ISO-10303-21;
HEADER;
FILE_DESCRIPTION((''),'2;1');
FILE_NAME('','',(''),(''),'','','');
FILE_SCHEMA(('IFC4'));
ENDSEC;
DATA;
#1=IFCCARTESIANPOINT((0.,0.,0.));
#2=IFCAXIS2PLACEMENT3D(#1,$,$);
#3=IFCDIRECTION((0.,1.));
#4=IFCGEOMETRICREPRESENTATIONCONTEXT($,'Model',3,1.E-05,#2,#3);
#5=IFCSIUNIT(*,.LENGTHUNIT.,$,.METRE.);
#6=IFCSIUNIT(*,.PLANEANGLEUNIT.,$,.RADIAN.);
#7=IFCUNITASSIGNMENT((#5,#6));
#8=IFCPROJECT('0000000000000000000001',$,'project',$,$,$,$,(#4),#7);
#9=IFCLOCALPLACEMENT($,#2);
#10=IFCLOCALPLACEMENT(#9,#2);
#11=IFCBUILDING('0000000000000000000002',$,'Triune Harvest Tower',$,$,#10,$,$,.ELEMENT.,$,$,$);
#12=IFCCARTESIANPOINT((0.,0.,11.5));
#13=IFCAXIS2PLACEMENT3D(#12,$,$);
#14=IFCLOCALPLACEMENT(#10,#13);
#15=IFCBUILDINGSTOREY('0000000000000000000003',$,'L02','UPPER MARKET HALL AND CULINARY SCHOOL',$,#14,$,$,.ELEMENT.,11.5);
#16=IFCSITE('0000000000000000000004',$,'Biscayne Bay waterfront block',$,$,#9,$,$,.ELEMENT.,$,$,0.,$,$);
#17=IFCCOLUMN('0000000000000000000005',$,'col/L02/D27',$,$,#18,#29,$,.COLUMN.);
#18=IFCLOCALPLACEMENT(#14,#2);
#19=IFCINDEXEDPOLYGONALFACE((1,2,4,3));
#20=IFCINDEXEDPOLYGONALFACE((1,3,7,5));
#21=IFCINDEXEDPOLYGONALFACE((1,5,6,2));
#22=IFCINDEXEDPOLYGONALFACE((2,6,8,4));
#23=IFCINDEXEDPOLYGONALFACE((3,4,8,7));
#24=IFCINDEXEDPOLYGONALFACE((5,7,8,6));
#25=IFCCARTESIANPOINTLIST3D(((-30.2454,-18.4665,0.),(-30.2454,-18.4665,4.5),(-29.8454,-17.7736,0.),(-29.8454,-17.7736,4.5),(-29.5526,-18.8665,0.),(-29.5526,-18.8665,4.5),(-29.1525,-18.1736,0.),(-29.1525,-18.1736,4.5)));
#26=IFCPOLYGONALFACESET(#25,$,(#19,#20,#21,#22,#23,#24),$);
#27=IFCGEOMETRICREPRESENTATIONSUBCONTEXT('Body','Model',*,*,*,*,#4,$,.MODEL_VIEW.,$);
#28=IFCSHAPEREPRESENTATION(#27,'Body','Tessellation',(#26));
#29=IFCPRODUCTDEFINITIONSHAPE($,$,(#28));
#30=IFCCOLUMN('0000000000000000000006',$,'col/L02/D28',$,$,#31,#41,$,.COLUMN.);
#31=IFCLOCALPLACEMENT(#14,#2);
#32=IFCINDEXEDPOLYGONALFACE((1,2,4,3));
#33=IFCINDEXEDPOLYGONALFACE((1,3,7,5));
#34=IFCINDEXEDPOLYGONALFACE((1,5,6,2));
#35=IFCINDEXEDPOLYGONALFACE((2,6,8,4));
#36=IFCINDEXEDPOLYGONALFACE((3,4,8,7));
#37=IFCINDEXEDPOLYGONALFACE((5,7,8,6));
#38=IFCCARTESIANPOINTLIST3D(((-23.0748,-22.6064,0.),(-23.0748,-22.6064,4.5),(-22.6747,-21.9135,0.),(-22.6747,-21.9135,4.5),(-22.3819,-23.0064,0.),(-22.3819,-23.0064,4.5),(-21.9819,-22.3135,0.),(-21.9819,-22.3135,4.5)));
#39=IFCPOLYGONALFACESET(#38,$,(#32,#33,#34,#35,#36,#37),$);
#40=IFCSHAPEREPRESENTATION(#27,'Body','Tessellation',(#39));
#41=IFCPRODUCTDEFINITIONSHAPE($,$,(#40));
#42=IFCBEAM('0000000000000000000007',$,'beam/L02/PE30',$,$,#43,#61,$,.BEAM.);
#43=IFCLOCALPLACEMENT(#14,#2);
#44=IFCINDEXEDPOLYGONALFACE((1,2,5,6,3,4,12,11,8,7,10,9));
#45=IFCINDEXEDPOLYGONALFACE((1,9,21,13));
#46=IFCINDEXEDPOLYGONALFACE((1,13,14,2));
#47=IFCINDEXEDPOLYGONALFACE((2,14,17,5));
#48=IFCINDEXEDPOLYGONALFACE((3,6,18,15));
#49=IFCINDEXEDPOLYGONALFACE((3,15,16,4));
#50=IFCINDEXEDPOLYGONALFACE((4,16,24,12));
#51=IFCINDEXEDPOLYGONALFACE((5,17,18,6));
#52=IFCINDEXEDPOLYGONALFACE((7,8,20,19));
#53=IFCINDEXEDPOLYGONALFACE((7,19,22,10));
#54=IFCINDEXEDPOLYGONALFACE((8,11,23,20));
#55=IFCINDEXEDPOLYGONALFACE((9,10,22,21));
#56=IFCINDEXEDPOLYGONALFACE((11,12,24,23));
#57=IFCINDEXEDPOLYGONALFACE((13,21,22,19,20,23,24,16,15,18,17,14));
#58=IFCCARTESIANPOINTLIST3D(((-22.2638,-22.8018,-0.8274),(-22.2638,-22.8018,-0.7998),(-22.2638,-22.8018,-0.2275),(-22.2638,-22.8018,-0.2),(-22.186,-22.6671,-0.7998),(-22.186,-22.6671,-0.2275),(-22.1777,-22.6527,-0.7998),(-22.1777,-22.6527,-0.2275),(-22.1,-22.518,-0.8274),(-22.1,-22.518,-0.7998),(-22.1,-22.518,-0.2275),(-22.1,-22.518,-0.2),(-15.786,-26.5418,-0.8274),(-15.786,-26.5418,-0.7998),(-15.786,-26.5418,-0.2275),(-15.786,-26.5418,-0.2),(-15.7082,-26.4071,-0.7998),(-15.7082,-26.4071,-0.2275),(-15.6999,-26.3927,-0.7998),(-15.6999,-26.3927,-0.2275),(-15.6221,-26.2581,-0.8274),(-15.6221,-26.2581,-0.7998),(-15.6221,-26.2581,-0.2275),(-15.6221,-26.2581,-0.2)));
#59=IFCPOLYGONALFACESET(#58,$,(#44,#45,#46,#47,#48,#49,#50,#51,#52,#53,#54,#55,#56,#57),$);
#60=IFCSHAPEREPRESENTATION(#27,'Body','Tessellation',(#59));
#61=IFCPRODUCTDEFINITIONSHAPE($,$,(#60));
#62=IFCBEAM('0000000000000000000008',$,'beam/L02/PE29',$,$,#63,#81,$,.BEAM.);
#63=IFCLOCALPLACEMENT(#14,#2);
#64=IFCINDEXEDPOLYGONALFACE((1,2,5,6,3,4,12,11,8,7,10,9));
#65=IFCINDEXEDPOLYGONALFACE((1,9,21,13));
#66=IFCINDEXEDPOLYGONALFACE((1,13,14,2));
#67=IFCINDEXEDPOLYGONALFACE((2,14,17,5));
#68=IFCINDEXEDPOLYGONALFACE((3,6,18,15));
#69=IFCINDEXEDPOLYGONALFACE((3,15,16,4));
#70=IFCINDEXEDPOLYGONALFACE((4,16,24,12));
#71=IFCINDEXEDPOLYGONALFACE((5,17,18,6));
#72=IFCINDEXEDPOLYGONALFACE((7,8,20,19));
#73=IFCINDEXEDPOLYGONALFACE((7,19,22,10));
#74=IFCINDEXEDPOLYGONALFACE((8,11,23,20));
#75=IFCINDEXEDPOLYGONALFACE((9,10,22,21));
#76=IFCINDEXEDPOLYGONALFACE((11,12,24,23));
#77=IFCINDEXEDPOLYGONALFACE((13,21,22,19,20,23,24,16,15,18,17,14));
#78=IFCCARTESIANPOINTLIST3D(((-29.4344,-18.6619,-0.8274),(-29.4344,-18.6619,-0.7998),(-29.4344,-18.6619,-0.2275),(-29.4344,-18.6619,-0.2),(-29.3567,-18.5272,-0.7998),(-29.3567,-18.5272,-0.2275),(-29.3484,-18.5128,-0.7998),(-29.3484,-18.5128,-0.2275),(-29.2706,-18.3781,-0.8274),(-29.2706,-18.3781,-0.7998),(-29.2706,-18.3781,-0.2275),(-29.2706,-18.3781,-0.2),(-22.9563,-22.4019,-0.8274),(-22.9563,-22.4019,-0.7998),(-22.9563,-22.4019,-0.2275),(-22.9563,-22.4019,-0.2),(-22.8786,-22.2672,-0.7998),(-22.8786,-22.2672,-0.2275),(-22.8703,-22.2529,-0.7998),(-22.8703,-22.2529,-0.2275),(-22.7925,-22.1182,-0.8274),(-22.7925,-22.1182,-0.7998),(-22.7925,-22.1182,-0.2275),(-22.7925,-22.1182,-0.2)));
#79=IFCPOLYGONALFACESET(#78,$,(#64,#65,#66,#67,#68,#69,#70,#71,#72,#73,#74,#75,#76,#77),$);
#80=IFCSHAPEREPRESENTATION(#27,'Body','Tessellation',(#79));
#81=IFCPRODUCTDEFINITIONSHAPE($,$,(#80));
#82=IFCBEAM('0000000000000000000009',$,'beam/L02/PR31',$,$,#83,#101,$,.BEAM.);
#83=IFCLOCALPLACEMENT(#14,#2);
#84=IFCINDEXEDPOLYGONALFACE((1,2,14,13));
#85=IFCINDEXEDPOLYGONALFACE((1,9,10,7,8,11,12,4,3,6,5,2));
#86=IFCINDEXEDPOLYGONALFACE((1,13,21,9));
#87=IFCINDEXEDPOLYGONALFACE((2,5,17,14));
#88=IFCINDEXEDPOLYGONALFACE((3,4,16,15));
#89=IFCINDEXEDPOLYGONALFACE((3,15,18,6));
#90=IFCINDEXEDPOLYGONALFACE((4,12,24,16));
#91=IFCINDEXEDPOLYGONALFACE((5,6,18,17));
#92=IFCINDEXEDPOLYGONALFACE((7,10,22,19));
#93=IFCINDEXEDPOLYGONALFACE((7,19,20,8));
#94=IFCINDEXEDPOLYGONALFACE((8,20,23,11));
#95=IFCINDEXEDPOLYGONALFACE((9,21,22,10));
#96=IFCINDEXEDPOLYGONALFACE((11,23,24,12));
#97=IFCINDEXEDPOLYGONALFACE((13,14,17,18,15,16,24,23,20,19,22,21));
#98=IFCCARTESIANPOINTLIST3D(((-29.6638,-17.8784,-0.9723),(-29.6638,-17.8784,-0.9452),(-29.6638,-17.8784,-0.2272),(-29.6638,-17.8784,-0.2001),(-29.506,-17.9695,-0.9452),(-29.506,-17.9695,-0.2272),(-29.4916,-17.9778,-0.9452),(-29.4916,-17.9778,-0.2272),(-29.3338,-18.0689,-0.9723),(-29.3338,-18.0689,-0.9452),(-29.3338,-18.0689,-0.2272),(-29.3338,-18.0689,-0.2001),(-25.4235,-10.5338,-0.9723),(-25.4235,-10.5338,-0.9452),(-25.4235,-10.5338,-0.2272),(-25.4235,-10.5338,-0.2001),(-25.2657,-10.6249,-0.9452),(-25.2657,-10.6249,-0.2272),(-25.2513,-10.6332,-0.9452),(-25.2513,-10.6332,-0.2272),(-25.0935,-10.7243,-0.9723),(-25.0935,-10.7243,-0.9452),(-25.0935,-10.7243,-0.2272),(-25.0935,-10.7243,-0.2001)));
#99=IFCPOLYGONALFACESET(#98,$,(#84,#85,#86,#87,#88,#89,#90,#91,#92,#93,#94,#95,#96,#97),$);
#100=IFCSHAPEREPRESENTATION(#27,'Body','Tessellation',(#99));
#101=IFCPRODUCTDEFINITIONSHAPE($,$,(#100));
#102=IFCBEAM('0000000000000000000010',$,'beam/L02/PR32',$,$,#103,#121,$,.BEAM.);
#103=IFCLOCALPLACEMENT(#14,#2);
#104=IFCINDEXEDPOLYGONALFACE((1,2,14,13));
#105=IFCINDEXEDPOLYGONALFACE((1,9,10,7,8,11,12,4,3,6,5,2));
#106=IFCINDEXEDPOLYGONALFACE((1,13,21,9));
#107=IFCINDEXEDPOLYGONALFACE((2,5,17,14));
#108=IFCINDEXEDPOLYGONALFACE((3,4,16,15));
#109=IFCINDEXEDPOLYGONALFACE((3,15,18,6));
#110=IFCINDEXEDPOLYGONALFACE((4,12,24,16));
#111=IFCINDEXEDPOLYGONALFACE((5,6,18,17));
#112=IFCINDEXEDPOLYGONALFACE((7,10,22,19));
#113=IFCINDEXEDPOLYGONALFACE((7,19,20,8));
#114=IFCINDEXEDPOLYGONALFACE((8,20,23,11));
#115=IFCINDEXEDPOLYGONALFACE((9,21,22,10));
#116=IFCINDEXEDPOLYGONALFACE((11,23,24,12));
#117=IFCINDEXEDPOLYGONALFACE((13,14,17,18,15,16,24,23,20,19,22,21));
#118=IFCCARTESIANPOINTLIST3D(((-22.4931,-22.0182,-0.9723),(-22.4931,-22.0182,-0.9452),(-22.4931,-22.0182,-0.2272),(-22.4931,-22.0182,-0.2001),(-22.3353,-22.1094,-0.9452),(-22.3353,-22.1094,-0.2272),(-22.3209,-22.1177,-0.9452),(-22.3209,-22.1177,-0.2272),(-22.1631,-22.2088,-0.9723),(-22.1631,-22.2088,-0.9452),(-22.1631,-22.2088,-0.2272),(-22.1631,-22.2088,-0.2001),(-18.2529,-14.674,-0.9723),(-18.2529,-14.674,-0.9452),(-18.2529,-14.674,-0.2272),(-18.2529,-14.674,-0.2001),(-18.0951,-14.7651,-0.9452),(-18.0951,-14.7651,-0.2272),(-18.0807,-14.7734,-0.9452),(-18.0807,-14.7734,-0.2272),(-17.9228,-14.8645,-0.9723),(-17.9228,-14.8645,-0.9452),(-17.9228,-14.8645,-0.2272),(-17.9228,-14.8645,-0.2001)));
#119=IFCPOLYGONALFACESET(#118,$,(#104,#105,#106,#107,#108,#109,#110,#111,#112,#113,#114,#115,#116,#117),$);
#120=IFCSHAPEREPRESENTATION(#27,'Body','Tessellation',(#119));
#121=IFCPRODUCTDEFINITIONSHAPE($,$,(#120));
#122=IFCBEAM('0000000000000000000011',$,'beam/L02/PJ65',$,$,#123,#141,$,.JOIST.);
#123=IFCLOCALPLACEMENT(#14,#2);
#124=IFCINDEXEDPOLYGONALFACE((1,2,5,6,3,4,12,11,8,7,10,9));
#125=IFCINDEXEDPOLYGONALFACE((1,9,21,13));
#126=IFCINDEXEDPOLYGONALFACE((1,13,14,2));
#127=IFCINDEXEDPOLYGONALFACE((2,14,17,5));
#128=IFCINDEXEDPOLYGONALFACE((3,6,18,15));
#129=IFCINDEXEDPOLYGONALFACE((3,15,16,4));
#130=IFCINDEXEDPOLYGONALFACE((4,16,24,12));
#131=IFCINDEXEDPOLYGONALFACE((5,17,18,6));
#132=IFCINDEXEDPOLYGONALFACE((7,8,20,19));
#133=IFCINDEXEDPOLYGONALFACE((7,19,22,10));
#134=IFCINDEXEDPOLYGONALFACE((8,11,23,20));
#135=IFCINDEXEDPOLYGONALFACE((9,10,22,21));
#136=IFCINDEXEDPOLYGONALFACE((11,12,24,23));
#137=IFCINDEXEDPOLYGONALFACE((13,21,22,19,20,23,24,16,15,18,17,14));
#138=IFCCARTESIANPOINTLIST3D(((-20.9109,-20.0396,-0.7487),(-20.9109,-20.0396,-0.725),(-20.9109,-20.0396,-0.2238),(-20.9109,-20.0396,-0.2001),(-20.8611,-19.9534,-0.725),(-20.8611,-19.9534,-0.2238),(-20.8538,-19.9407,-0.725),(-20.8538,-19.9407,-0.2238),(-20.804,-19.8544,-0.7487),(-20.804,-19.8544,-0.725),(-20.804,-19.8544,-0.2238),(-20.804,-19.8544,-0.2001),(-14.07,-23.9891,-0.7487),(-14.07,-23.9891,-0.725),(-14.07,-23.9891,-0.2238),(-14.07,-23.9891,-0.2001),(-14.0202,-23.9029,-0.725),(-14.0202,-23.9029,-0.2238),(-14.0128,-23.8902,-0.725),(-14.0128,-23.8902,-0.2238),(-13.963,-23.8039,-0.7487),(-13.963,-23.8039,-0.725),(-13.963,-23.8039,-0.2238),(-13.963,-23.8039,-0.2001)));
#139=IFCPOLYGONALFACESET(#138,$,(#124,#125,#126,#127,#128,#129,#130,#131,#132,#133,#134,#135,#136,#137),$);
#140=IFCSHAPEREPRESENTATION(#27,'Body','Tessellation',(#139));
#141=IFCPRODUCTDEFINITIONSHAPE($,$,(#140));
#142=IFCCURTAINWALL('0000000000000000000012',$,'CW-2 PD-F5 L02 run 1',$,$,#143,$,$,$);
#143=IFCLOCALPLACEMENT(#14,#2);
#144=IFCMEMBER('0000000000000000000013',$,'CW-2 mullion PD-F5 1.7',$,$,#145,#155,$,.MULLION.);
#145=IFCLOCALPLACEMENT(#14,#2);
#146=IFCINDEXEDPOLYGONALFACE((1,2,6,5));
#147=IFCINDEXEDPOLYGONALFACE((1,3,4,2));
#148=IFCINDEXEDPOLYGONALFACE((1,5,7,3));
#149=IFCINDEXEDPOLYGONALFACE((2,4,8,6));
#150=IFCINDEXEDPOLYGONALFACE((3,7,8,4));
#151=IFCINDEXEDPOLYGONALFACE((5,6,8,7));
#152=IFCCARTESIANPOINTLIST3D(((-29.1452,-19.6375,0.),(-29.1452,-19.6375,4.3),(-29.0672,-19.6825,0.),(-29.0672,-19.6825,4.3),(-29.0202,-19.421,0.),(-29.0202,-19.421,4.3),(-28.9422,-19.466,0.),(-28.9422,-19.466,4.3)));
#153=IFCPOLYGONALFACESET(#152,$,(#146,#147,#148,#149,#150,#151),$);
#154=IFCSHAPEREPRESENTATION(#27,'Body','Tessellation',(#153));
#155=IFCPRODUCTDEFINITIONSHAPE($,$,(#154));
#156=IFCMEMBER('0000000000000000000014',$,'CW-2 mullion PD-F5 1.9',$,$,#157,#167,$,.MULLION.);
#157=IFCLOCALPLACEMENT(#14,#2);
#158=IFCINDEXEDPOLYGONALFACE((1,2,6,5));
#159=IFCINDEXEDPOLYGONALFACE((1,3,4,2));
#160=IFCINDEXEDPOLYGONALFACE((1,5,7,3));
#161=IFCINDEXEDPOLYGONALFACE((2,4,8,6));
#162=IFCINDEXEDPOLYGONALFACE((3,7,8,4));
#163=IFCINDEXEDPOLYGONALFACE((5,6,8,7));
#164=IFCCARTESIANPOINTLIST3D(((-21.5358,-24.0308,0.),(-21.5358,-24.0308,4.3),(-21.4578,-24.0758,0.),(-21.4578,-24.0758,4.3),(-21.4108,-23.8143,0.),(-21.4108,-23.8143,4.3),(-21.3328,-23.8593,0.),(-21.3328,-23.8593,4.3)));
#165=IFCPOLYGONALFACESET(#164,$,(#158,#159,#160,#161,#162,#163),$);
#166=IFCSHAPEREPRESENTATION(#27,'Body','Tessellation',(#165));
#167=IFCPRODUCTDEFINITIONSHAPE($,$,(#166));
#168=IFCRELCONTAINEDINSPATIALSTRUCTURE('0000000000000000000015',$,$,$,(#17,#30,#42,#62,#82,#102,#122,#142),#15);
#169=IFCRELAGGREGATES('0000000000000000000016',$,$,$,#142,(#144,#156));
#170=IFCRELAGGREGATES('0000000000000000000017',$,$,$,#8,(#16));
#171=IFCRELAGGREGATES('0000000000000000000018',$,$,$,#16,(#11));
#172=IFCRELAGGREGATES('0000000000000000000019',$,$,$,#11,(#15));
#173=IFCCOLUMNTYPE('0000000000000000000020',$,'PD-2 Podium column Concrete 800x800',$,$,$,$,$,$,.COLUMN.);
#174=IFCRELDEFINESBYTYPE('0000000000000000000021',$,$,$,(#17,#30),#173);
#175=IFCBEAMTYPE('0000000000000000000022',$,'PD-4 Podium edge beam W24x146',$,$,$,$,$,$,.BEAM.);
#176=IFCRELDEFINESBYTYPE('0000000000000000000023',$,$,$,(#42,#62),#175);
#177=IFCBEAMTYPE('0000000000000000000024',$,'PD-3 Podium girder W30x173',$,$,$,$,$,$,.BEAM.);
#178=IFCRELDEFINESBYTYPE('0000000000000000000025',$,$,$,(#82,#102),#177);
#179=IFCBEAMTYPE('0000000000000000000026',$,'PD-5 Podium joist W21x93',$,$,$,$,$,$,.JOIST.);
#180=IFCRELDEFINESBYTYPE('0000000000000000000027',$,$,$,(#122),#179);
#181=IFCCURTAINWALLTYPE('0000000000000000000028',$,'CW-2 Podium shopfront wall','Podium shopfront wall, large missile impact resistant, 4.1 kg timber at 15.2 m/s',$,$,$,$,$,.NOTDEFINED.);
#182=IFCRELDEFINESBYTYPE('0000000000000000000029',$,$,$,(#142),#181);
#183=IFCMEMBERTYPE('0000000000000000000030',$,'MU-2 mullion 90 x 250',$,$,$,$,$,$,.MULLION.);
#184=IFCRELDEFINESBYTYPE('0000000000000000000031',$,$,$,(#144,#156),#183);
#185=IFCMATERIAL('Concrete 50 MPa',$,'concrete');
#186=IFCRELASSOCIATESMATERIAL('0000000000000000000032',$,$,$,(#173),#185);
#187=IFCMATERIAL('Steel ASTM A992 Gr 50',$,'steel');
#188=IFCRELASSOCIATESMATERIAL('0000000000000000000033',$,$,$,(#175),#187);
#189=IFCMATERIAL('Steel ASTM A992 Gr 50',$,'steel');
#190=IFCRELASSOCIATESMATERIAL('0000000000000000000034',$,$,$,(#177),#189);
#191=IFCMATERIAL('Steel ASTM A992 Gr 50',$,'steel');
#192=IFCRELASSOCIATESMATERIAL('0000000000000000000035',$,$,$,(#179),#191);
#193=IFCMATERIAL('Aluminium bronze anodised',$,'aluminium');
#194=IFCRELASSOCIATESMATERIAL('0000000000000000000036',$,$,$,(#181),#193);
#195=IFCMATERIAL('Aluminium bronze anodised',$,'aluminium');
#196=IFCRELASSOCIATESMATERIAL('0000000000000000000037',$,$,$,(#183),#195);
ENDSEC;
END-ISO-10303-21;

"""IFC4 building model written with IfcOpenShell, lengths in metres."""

from ifc_helpers import new_model, si_unit, direction, frame, origin, origin_2d, place, context, subcontext, project, spatial, rectangle, i_section, extrude, source, transform, mapped, material, material_profile, profile_set, type_object, element, aggregate, save


model = new_model("IFC4")

# Units and contexts
model_context = context("Model", 3, precision=1e-05, world=origin(), true_north=direction((0.0, 1.0)))
body_context = subcontext(model_context, "Body", "Model", "MODEL_VIEW")
ifc_project = project(units=[si_unit("LENGTHUNIT", "METRE"), si_unit("PLANEANGLEUNIT", "RADIAN")], contexts=[model_context])

# Site, building, storey
site_placement = place(None, origin())
site = spatial("IfcSite", under=ifc_project, at=site_placement, Name="Biscayne Bay waterfront block", CompositionType="ELEMENT", RefElevation=0.0)
building_placement = place(site_placement, origin())
building = spatial("IfcBuilding", under=site, at=building_placement, Name="Triune Harvest Tower", CompositionType="ELEMENT")
storey_placement = place(building_placement, frame((0.0, 0.0, 11.5)))
storey = spatial("IfcBuildingStorey", under=building, at=storey_placement, Name="L02", Description="UPPER MARKET HALL AND CULINARY SCHOOL", CompositionType="ELEMENT", Elevation=11.5)

# Columns
ifc_material_1 = material(Name="Concrete 50 MPa", Category="concrete")
ifc_material_profile_1 = material_profile(ifc_material_1, rectangle(XDim=0.8, YDim=0.8, at=origin_2d()), Name="Concrete 800x800")
ifc_profile_set_1 = profile_set([ifc_material_profile_1], Name="Concrete 50 MPa")
column_type = type_object("IfcColumnType", Name="PD-2 Podium column Concrete 800x800", PredefinedType="COLUMN", material=ifc_profile_set_1)
shared_shape_1 = source(origin(), body_context, "Body", "SweptSolid", [
    extrude(rectangle(XDim=0.8, YDim=0.8, at=origin_2d()), origin(), (0.0, 0.0, 1.0), 4.5),
])
for number, where, z_axis, x_axis, name in (
    (1, (-29.699, -18.3201, 0.0), (0.0, 0.0, 1.0), (0.866025, -0.5, 0.0), "col/L02/D27"),
    (2, (-22.5283, -22.46, 0.0), (0.0, 0.0, 1.0), (0.866025, -0.5, 0.0), "col/L02/D28"),
):
    element("IfcColumn", number, at=place(storey_placement, frame(where, z_axis=z_axis, x_axis=x_axis)), inside=storey, type_object=column_type, Name=name, PredefinedType="COLUMN", context=body_context, shape_type="MappedRepresentation", body=[
        mapped(shared_shape_1, transform((0.0, 0.0, 0.0), scale=1.0)),
    ])

# Beams
ifc_material_2 = material(Name="Steel ASTM A992 Gr 50", Category="steel")
ifc_material_profile_2 = material_profile(ifc_material_2, i_section(OverallWidth=0.3276, OverallDepth=0.6274, WebThickness=0.0166, FlangeThickness=0.0276, at=origin_2d()), Name="W24x146")
ifc_profile_set_2 = profile_set([ifc_material_profile_2], Name="Steel ASTM A992 Gr 50")
beam_type_1 = type_object("IfcBeamType", Name="PD-4 Podium edge beam W24x146", PredefinedType="BEAM", material=ifc_profile_set_2)
shared_shape_2 = source(origin(), body_context, "Body", "SweptSolid", [
    extrude(i_section(OverallWidth=0.3276, OverallDepth=0.6274, WebThickness=0.0166, FlangeThickness=0.0276, at=origin_2d()), origin(), (0.0, 0.0, 1.0), 7.48),
])
beam_1_placement = place(storey_placement, frame((-22.1819, -22.6599, -0.5137), z_axis=(0.866023, -0.500004, 0.0), x_axis=(0.500004, 0.866023, 0.0)))
element("IfcBeam", 3, at=beam_1_placement, inside=storey, type_object=beam_type_1, Name="beam/L02/PE30", PredefinedType="BEAM", context=body_context, shape_type="MappedRepresentation", body=[
    mapped(shared_shape_2, transform((0.0, 0.0, 0.0), scale=1.0)),
])
shared_shape_3 = source(origin(), body_context, "Body", "SweptSolid", [
    extrude(i_section(OverallWidth=0.3276, OverallDepth=0.6274, WebThickness=0.0166, FlangeThickness=0.0276, at=origin_2d()), origin(), (0.0, 0.0, 1.0), 7.4802),
])
beam_2_placement = place(storey_placement, frame((-29.3525, -18.52, -0.5137), z_axis=(0.866031, -0.49999, 0.0), x_axis=(0.49999, 0.866031, 0.0)))
element("IfcBeam", 4, at=beam_2_placement, inside=storey, type_object=beam_type_1, Name="beam/L02/PE29", PredefinedType="BEAM", context=body_context, shape_type="MappedRepresentation", body=[
    mapped(shared_shape_3, transform((0.0, 0.0, 0.0), scale=1.0)),
])
ifc_material_3 = material(Name="Steel ASTM A992 Gr 50", Category="steel")
ifc_material_profile_3 = material_profile(ifc_material_3, i_section(OverallWidth=0.3811, OverallDepth=0.7722, WebThickness=0.0166, FlangeThickness=0.0271, at=origin_2d()), Name="W30x173")
ifc_profile_set_3 = profile_set([ifc_material_profile_3], Name="Steel ASTM A992 Gr 50")
beam_type_2 = type_object("IfcBeamType", Name="PD-3 Podium girder W30x173", PredefinedType="BEAM", material=ifc_profile_set_3)
shared_shape_4 = source(origin(), body_context, "Body", "SweptSolid", [
    extrude(i_section(OverallWidth=0.3811, OverallDepth=0.7722, WebThickness=0.0166, FlangeThickness=0.0271, at=origin_2d()), origin(), (0.0, 0.0, 1.0), 8.4807),
])
beam_3_placement = place(storey_placement, frame((-29.4988, -17.9736, -0.5862), z_axis=(0.499991, 0.866031, 0.0), x_axis=(-0.866031, 0.499991, 0.0)))
element("IfcBeam", 5, at=beam_3_placement, inside=storey, type_object=beam_type_2, Name="beam/L02/PR31", PredefinedType="BEAM", context=body_context, shape_type="MappedRepresentation", body=[
    mapped(shared_shape_4, transform((0.0, 0.0, 0.0), scale=1.0)),
])
shared_shape_5 = source(origin(), body_context, "Body", "SweptSolid", [
    extrude(i_section(OverallWidth=0.3811, OverallDepth=0.7722, WebThickness=0.0166, FlangeThickness=0.0271, at=origin_2d()), origin(), (0.0, 0.0, 1.0), 8.4805),
])
beam_4_placement = place(storey_placement, frame((-22.3281, -22.1135, -0.5862), z_axis=(0.500003, 0.866024, 0.0), x_axis=(-0.866024, 0.500003, 0.0)))
element("IfcBeam", 6, at=beam_4_placement, inside=storey, type_object=beam_type_2, Name="beam/L02/PR32", PredefinedType="BEAM", context=body_context, shape_type="MappedRepresentation", body=[
    mapped(shared_shape_5, transform((0.0, 0.0, 0.0), scale=1.0)),
])
ifc_material_4 = material(Name="Steel ASTM A992 Gr 50", Category="steel")
ifc_material_profile_4 = material_profile(ifc_material_4, i_section(OverallWidth=0.2139, OverallDepth=0.5486, WebThickness=0.0146, FlangeThickness=0.0237, at=origin_2d()), Name="W21x93")
ifc_profile_set_4 = profile_set([ifc_material_profile_4], Name="Steel ASTM A992 Gr 50")
beam_type_3 = type_object("IfcBeamType", Name="PD-5 Podium joist W21x93", PredefinedType="JOIST", material=ifc_profile_set_4)
shared_shape_6 = source(origin(), body_context, "Body", "SweptSolid", [
    extrude(i_section(OverallWidth=0.2139, OverallDepth=0.5486, WebThickness=0.0146, FlangeThickness=0.0237, at=origin_2d()), origin(), (0.0, 0.0, 1.0), 7.8992),
])
beam_5_placement = place(storey_placement, frame((-20.8574, -19.947, -0.4744), z_axis=(0.86603, -0.499992, 0.0), x_axis=(0.499992, 0.86603, 0.0)))
element("IfcBeam", 7, at=beam_5_placement, inside=storey, type_object=beam_type_3, Name="beam/L02/PJ65", PredefinedType="JOIST", context=body_context, shape_type="MappedRepresentation", body=[
    mapped(shared_shape_6, transform((0.0, 0.0, 0.0), scale=1.0)),
])

# Curtain wall, members
ifc_material_5 = material(Name="Aluminium bronze anodised", Category="aluminium")
curtain_wall_type = type_object("IfcCurtainWallType", Name="CW-2 Podium shopfront wall", Description="Podium shopfront wall, large missile impact resistant, 4.1 kg timber at 15.2 m/s", PredefinedType="NOTDEFINED", material=ifc_material_5)
curtain_wall_placement = place(storey_placement, origin())
curtain_wall = element("IfcCurtainWall", 8, at=curtain_wall_placement, inside=storey, type_object=curtain_wall_type, Name="CW-2 PD-F5 L02 run 1")
ifc_material_6 = material(Name="Aluminium bronze anodised", Category="aluminium")
ifc_material_profile_5 = material_profile(ifc_material_6, rectangle(XDim=0.25, YDim=0.0901, at=origin_2d()), Name="MU-2 mullion 90 x 250")
ifc_profile_set_5 = profile_set([ifc_material_profile_5], Name="Aluminium bronze anodised")
member_type_1 = type_object("IfcMemberType", Name="MU-2 mullion 90 x 250", PredefinedType="MULLION", material=ifc_profile_set_5)
shared_shape_7 = source(origin(), body_context, "Body", "SweptSolid", [
    extrude(rectangle(XDim=0.25, YDim=0.0901, at=origin_2d()), origin(), (0.0, 0.0, 1.0), 4.3),
])
member_1_placement = place(storey_placement, frame((-29.0437, -19.5518, 0.0), z_axis=(0.0, 0.0, 1.0), x_axis=(0.5, 0.866025, 0.0)))
member_1 = element("IfcMember", 9, at=member_1_placement, type_object=member_type_1, Name="CW-2 mullion PD-F5 1.7", PredefinedType="MULLION", context=body_context, shape_type="MappedRepresentation", body=[
    mapped(shared_shape_7, transform((0.0, 0.0, 0.0), scale=1.0)),
])
member_2_placement = place(storey_placement, frame((-21.4343, -23.9451, 0.0), z_axis=(0.0, 0.0, 1.0), x_axis=(0.5, 0.866025, 0.0)))
member_2 = element("IfcMember", 10, at=member_2_placement, type_object=member_type_1, Name="CW-2 mullion PD-F5 1.9", PredefinedType="MULLION", context=body_context, shape_type="MappedRepresentation", body=[
    mapped(shared_shape_7, transform((0.0, 0.0, 0.0), scale=1.0)),
])
aggregate(curtain_wall, [member_1, member_2])

save(model, "model.ifc")
